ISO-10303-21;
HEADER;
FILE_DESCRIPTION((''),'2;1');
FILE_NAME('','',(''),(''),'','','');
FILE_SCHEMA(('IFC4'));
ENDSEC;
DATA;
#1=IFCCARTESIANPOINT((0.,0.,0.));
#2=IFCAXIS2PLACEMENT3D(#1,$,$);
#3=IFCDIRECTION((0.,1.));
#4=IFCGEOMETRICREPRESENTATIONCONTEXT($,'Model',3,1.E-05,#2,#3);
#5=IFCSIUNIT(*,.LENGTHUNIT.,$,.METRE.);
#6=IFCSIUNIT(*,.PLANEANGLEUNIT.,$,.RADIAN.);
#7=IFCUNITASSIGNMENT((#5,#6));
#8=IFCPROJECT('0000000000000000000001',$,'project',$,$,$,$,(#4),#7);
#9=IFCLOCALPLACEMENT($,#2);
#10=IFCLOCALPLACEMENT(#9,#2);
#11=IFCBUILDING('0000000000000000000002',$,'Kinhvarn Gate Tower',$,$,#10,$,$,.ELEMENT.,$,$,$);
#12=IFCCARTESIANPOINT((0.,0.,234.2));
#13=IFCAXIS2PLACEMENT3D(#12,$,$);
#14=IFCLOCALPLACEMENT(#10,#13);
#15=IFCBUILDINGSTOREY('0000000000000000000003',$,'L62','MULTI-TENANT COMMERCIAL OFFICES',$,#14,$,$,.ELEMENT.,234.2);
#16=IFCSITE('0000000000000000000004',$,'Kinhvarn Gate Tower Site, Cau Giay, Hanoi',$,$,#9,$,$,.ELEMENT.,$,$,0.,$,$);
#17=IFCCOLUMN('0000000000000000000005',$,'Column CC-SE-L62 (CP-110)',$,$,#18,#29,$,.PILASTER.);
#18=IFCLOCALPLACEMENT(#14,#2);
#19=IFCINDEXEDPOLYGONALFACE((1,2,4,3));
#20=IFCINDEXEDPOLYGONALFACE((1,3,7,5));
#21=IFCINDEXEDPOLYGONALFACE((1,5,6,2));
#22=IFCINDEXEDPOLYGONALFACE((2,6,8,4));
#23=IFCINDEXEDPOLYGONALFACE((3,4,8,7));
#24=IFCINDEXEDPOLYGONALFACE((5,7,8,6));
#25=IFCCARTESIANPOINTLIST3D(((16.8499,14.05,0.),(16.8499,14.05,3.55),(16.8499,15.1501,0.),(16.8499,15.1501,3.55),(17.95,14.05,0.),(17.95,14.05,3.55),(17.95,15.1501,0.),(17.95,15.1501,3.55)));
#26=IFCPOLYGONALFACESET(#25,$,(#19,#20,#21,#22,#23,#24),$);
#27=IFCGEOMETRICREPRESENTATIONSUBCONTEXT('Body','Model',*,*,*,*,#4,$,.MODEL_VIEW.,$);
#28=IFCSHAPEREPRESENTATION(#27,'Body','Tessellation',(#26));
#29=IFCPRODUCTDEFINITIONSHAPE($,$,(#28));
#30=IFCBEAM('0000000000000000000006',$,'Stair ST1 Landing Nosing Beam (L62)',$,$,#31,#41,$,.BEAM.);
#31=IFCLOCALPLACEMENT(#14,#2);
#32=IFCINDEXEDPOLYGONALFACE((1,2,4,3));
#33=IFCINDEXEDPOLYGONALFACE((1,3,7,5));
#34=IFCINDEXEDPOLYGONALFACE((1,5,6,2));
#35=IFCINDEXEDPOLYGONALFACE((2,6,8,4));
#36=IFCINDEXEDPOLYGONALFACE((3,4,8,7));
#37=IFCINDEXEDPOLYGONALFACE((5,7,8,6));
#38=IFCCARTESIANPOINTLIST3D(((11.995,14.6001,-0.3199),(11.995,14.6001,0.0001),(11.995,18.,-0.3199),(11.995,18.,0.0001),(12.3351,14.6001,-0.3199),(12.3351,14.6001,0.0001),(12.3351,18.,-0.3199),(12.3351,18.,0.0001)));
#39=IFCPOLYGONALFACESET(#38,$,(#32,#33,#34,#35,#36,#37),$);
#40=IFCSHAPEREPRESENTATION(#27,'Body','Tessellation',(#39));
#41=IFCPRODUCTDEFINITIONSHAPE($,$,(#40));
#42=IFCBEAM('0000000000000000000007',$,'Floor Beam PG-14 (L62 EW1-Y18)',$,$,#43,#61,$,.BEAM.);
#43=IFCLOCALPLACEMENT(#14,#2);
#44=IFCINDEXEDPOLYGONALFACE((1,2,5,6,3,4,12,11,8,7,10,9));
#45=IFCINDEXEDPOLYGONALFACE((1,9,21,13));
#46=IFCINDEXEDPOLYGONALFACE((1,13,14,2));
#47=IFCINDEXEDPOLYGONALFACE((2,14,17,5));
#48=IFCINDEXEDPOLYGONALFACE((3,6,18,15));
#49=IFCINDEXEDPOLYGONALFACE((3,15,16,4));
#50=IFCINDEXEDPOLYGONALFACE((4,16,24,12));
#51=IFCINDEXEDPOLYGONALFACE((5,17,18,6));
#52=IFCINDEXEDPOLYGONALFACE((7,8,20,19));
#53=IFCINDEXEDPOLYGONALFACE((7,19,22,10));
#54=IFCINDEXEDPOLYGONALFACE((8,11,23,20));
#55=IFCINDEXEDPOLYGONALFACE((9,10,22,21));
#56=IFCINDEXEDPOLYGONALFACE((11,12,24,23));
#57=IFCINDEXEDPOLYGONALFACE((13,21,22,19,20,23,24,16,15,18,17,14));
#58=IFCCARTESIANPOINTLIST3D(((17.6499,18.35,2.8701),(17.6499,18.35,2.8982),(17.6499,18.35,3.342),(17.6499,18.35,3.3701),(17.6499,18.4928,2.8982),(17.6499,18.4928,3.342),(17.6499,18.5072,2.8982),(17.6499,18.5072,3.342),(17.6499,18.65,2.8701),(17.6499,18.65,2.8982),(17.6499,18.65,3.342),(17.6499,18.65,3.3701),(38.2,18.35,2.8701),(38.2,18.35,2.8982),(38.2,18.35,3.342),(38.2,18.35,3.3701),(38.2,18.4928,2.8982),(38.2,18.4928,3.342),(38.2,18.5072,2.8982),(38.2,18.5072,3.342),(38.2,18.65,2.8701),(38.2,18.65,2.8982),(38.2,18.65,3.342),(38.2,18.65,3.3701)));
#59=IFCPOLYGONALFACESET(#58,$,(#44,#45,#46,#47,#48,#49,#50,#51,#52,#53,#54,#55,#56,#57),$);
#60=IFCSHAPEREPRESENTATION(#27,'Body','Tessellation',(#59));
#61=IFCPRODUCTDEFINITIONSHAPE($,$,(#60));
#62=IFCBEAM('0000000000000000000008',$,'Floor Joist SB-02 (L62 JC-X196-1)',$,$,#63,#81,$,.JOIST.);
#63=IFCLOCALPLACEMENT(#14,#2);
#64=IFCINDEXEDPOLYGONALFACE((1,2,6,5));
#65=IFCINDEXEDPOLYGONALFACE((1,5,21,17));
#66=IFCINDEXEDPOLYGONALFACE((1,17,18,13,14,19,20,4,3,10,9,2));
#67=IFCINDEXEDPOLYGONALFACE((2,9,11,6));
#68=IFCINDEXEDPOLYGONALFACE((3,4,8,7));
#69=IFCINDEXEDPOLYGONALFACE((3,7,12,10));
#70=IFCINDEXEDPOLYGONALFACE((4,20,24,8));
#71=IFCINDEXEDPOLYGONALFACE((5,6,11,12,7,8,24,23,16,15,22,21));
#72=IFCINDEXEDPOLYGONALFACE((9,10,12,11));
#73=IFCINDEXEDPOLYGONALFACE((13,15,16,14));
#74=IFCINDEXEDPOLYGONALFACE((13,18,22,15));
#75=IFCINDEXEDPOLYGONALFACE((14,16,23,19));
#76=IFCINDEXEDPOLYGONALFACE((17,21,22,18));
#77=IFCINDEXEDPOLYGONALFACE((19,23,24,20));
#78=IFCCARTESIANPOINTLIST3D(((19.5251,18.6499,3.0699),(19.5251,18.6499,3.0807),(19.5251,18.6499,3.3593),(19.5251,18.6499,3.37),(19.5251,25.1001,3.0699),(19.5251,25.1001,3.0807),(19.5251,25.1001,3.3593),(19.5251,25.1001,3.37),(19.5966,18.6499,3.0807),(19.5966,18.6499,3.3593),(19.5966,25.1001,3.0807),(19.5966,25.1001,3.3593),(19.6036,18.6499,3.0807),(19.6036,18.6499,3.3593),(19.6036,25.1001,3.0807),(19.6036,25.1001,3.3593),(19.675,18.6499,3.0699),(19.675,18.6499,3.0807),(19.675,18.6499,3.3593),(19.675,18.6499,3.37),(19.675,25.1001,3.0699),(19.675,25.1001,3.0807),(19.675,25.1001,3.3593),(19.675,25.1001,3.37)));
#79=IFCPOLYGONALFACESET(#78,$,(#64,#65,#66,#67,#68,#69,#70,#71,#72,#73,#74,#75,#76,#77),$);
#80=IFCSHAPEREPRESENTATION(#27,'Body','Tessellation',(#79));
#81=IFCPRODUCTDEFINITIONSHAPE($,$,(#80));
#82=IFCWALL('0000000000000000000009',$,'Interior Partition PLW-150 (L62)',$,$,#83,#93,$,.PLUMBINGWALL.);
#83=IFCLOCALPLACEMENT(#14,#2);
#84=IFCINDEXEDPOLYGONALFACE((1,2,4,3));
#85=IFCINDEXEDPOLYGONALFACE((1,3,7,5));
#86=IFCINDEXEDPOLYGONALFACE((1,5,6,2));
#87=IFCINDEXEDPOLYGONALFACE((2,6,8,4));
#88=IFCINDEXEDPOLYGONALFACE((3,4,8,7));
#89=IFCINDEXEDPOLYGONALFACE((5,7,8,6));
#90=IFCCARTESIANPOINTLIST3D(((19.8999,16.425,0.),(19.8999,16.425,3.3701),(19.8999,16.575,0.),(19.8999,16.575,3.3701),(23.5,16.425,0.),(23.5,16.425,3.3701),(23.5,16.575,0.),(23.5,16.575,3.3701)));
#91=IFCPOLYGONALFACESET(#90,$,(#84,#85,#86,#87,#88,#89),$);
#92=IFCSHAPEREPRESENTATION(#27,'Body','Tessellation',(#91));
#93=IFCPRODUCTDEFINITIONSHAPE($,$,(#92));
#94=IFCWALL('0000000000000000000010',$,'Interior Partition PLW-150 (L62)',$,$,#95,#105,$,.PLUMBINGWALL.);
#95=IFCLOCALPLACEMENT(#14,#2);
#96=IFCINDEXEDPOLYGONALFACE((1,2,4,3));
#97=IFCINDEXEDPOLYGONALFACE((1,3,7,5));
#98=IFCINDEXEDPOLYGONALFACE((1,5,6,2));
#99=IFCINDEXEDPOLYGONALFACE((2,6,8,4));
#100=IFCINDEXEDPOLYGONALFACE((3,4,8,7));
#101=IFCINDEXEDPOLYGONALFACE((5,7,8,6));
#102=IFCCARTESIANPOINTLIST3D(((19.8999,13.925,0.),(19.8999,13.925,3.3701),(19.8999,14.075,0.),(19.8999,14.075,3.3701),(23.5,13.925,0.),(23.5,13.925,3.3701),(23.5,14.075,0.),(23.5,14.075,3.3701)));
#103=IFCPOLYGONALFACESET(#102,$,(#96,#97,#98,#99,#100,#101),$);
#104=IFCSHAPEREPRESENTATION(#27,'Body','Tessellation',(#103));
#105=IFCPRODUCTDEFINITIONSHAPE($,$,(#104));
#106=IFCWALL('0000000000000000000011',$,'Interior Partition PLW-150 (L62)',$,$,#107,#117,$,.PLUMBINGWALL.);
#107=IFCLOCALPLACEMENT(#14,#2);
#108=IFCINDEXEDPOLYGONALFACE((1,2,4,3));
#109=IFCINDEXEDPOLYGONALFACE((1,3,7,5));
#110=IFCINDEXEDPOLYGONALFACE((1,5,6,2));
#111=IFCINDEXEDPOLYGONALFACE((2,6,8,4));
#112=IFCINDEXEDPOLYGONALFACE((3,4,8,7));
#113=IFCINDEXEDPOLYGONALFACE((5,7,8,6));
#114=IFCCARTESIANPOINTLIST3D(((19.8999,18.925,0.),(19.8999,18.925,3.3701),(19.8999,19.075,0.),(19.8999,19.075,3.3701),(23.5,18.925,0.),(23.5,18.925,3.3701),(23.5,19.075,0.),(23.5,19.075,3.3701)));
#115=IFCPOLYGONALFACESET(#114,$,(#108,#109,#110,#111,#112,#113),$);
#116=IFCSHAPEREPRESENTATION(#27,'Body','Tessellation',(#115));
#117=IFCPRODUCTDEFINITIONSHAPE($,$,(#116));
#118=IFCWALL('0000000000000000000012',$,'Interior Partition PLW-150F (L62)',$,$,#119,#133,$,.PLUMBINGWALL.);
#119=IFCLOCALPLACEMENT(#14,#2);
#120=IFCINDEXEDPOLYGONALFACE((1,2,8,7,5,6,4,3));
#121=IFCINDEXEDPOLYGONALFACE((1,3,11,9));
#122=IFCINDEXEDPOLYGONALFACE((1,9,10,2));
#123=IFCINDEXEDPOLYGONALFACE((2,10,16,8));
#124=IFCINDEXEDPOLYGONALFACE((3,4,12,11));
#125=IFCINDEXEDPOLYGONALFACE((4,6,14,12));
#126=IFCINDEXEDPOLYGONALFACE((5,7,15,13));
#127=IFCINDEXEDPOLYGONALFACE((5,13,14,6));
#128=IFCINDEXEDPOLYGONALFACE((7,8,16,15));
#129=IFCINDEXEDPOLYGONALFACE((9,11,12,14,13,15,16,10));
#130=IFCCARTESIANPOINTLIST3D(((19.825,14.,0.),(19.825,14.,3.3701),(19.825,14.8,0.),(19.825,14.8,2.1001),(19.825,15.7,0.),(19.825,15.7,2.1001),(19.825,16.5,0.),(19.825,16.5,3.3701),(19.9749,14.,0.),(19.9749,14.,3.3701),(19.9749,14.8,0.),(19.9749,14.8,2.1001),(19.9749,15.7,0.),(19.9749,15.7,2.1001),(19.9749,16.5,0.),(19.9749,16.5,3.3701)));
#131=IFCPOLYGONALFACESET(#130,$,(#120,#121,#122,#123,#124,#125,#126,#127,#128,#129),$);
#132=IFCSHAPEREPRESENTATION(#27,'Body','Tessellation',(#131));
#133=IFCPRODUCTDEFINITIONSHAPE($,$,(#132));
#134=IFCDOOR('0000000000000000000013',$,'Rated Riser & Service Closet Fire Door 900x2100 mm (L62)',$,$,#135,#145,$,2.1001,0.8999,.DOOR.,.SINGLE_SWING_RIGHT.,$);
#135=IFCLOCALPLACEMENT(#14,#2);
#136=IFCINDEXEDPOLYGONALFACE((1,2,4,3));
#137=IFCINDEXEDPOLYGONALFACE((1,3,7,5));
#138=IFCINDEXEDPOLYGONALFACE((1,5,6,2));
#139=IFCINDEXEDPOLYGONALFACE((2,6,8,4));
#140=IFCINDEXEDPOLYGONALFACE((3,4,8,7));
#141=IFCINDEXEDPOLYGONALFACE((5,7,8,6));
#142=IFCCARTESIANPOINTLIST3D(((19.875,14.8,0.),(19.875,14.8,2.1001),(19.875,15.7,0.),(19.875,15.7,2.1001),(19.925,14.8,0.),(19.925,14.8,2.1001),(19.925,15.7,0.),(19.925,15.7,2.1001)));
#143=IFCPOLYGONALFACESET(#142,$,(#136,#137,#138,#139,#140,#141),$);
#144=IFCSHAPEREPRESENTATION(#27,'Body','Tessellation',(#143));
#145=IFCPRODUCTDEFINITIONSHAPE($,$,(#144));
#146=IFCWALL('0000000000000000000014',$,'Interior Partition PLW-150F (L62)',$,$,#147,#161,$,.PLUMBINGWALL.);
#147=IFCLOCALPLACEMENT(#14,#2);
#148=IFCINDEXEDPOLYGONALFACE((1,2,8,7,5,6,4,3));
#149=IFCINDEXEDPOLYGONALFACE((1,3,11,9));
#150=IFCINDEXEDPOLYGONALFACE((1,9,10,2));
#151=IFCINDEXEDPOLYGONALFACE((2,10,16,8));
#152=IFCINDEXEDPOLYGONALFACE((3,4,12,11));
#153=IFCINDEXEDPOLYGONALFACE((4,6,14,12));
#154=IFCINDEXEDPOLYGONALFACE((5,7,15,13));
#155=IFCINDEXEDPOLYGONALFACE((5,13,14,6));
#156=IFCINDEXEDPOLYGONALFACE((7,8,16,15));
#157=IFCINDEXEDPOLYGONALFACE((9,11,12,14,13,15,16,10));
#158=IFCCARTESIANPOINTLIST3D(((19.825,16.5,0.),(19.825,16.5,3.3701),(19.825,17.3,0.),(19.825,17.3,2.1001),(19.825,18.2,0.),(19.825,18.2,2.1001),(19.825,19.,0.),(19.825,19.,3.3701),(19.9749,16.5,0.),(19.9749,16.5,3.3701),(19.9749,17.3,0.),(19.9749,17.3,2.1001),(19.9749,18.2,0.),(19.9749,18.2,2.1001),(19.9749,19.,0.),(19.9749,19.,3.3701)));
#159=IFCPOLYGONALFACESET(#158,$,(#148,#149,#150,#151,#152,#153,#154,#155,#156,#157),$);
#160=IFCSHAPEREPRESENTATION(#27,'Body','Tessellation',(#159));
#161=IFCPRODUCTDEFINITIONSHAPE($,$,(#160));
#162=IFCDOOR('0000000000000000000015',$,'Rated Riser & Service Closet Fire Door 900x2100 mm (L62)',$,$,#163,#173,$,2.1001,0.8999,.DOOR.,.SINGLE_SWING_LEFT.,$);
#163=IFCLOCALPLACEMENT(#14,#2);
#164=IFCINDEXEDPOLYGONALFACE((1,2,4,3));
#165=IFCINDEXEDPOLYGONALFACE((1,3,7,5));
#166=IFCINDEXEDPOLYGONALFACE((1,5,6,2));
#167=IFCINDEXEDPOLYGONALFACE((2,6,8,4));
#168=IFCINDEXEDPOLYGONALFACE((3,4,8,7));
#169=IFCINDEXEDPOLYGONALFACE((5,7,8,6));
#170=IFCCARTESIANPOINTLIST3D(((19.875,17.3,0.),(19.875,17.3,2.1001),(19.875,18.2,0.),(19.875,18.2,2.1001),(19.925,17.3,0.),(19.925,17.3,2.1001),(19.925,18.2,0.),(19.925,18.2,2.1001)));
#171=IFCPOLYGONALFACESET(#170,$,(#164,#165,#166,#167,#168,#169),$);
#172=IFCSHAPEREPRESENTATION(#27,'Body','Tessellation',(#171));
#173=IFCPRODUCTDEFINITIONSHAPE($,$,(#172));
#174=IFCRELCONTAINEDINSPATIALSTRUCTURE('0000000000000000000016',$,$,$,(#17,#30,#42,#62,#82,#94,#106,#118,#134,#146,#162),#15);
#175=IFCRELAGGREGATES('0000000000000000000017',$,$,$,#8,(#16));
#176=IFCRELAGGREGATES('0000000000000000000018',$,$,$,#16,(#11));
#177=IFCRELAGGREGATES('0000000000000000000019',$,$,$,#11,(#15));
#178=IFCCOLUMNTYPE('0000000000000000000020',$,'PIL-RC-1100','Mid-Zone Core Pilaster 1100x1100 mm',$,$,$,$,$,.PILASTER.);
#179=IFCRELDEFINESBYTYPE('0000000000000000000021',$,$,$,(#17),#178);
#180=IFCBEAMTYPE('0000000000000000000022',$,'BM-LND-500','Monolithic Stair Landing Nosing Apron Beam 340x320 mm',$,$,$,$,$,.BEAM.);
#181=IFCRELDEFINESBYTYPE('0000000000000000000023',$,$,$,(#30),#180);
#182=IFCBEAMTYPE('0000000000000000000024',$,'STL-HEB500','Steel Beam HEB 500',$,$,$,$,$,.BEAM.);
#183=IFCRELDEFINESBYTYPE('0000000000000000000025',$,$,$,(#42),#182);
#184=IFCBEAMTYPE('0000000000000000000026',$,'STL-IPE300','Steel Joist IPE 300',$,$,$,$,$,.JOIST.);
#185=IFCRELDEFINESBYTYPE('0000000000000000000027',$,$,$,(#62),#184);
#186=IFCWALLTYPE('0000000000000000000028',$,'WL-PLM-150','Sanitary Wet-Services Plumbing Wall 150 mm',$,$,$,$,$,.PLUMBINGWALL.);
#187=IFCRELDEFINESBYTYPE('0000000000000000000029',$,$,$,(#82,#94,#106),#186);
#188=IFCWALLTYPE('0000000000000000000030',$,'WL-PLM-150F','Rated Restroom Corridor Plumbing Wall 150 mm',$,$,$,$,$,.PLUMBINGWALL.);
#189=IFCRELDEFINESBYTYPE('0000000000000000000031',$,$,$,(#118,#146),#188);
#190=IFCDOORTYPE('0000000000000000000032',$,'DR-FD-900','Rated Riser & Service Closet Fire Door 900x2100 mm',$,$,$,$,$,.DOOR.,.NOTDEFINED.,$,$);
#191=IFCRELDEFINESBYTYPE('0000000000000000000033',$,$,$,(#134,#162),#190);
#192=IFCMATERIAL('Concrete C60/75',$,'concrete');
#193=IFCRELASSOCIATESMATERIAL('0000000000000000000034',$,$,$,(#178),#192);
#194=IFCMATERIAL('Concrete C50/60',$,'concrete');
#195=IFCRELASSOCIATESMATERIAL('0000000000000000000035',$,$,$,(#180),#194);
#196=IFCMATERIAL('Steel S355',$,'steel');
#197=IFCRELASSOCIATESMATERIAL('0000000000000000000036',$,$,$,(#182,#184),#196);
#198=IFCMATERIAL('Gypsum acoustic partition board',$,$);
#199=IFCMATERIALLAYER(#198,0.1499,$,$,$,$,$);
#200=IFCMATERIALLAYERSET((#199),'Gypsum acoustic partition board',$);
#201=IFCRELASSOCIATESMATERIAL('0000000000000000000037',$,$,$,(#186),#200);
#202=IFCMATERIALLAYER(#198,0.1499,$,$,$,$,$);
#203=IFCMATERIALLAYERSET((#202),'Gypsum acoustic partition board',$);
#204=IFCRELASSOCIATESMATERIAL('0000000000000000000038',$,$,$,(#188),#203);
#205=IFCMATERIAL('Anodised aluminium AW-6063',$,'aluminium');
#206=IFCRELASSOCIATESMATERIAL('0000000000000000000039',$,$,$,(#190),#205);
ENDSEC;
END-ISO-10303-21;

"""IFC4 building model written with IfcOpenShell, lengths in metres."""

from ifc_helpers import new_model, si_unit, direction, frame, frame_2d, origin, origin_2d, place, context, subcontext, project, spatial, rectangle, i_section, extrude, material, layer, layer_set, material_profile, profile_set, type_object, element, fill, save


model = new_model("IFC4")

# Units and contexts
model_context = context("Model", 3, precision=1e-05, world=origin(), true_north=direction((0.0, 1.0)))
body_context = subcontext(model_context, "Body", "Model", "MODEL_VIEW")
ifc_project = project(units=[si_unit("LENGTHUNIT", "METRE"), si_unit("PLANEANGLEUNIT", "RADIAN")], contexts=[model_context])

# Site, building, storey
site_placement = place(None, origin())
site = spatial("IfcSite", under=ifc_project, at=site_placement, Name="Kinhvarn Gate Tower Site, Cau Giay, Hanoi", CompositionType="ELEMENT", RefElevation=0.0)
building_placement = place(site_placement, origin())
building = spatial("IfcBuilding", under=site, at=building_placement, Name="Kinhvarn Gate Tower", CompositionType="ELEMENT")
storey_placement = place(building_placement, frame((0.0, 0.0, 234.2)))
storey = spatial("IfcBuildingStorey", under=building, at=storey_placement, Name="L62", Description="MULTI-TENANT COMMERCIAL OFFICES", CompositionType="ELEMENT", Elevation=234.2)

# Column
ifc_material_1 = material(Name="Concrete C60/75", Category="concrete")
ifc_material_profile_1 = material_profile(ifc_material_1, rectangle(XDim=1.1001, YDim=1.1001, at=origin_2d()), Name="RC 1100x1100")
ifc_profile_set_1 = profile_set([ifc_material_profile_1], Name="Concrete C60/75")
column_type = type_object("IfcColumnType", Name="PIL-RC-1100", Description="Mid-Zone Core Pilaster 1100x1100 mm", PredefinedType="PILASTER", material=ifc_profile_set_1)
column_placement = place(storey_placement, frame((17.3999, 14.6001, 0.0), z_axis=(0.0, 0.0, 1.0), x_axis=(1.0, 0.0, 0.0)))
element("IfcColumn", 1, at=column_placement, inside=storey, type_object=column_type, Name="Column CC-SE-L62 (CP-110)", PredefinedType="PILASTER", context=body_context, shape_type="SweptSolid", body=[
    extrude(rectangle(XDim=1.1001, YDim=1.1001, at=origin_2d()), origin(), (0.0, 0.0, 1.0), 3.55),
])

# Beams
ifc_material_2 = material(Name="Concrete C50/60", Category="concrete")
ifc_material_profile_2 = material_profile(ifc_material_2, rectangle(XDim=0.3401, YDim=0.3201, at=origin_2d()), Name="RC 340x320")
ifc_profile_set_2 = profile_set([ifc_material_profile_2], Name="Concrete C50/60")
beam_type_1 = type_object("IfcBeamType", Name="BM-LND-500", Description="Monolithic Stair Landing Nosing Apron Beam 340x320 mm", PredefinedType="BEAM", material=ifc_profile_set_2)
beam_1_placement = place(storey_placement, frame((12.165, 14.6001, -0.1599), z_axis=(0.0, 1.0, 0.0), x_axis=(-1.0, 0.0, 0.0)))
element("IfcBeam", 2, at=beam_1_placement, inside=storey, type_object=beam_type_1, Name="Stair ST1 Landing Nosing Beam (L62)", PredefinedType="BEAM", context=body_context, shape_type="SweptSolid", body=[
    extrude(rectangle(XDim=0.3401, YDim=0.3201, at=origin_2d()), origin(), (0.0, 0.0, 1.0), 3.3999),
])
ifc_material_3 = material(Name="Steel S355", Category="steel")
ifc_material_profile_3 = material_profile(ifc_material_3, i_section(OverallWidth=0.3, OverallDepth=0.5, WebThickness=0.0144, FlangeThickness=0.0281, at=origin_2d()), Name="HEB 500")
ifc_profile_set_3 = profile_set([ifc_material_profile_3], Name="Steel S355")
beam_type_2 = type_object("IfcBeamType", Name="STL-HEB500", Description="Steel Beam HEB 500", PredefinedType="BEAM", material=ifc_profile_set_3)
beam_2_placement = place(storey_placement, frame((17.6499, 18.5, 3.1201), z_axis=(1.0, 0.0, 0.0), x_axis=(0.0, 1.0, 0.0)))
element("IfcBeam", 3, at=beam_2_placement, inside=storey, type_object=beam_type_2, Name="Floor Beam PG-14 (L62 EW1-Y18)", PredefinedType="BEAM", context=body_context, shape_type="SweptSolid", body=[
    extrude(i_section(OverallWidth=0.3, OverallDepth=0.5, WebThickness=0.0144, FlangeThickness=0.0281, at=origin_2d()), origin(), (0.0, 0.0, 1.0), 20.55),
])
ifc_material_profile_4 = material_profile(ifc_material_3, i_section(OverallWidth=0.1499, OverallDepth=0.3, WebThickness=0.0071, FlangeThickness=0.0107, at=origin_2d()), Name="IPE 300")
ifc_profile_set_4 = profile_set([ifc_material_profile_4], Name="Steel S355")
beam_type_3 = type_object("IfcBeamType", Name="STL-IPE300", Description="Steel Joist IPE 300", PredefinedType="JOIST", material=ifc_profile_set_4)
beam_3_placement = place(storey_placement, frame((19.6001, 18.6499, 3.22), z_axis=(0.0, 1.0, 0.0), x_axis=(-1.0, 0.0, 0.0)))
element("IfcBeam", 4, at=beam_3_placement, inside=storey, type_object=beam_type_3, Name="Floor Joist SB-02 (L62 JC-X196-1)", PredefinedType="JOIST", context=body_context, shape_type="SweptSolid", body=[
    extrude(i_section(OverallWidth=0.1499, OverallDepth=0.3, WebThickness=0.0071, FlangeThickness=0.0107, at=origin_2d()), origin(), (0.0, 0.0, 1.0), 6.4502),
])

# Shared definitions
ifc_material_4 = material(Name="Anodised aluminium AW-6063", Category="aluminium")

# Walls
ifc_material_5 = material(Name="Gypsum acoustic partition board")
ifc_layer_1 = layer(ifc_material_5, 0.1499)
ifc_layer_set_1 = layer_set([ifc_layer_1], Name="Gypsum acoustic partition board")
wall_type_1 = type_object("IfcWallType", Name="WL-PLM-150", Description="Sanitary Wet-Services Plumbing Wall 150 mm", PredefinedType="PLUMBINGWALL", material=ifc_layer_set_1)
for number, where, z_axis, x_axis, name in (
    (5, (19.8999, 16.5, 0.0), (0.0, 0.0, 1.0), (1.0, 0.0, 0.0), "Interior Partition PLW-150 (L62)"),
    (6, (19.8999, 14.0, 0.0), (0.0, 0.0, 1.0), (1.0, 0.0, 0.0), "Interior Partition PLW-150 (L62)"),
    (7, (19.8999, 19.0, 0.0), (0.0, 0.0, 1.0), (1.0, 0.0, 0.0), "Interior Partition PLW-150 (L62)"),
):
    element("IfcWall", number, at=place(storey_placement, frame(where, z_axis=z_axis, x_axis=x_axis)), inside=storey, type_object=wall_type_1, Name=name, PredefinedType="PLUMBINGWALL", context=body_context, shape_type="SweptSolid", body=[
        extrude(rectangle(XDim=3.6001, YDim=0.1499, at=frame_2d((1.8, 0.0))), origin(), (0.0, 0.0, 1.0), 3.3701),
    ])

# Walls, openings, doors
ifc_layer_2 = layer(ifc_material_5, 0.1499)
ifc_layer_set_2 = layer_set([ifc_layer_2], Name="Gypsum acoustic partition board")
wall_type_2 = type_object("IfcWallType", Name="WL-PLM-150F", Description="Rated Restroom Corridor Plumbing Wall 150 mm", PredefinedType="PLUMBINGWALL", material=ifc_layer_set_2)
wall_1_placement = place(storey_placement, frame((19.8999, 14.0, 0.0), z_axis=(0.0, 0.0, 1.0), x_axis=(0.0, 1.0, 0.0)))
wall_1 = element("IfcWall", 8, at=wall_1_placement, inside=storey, type_object=wall_type_2, Name="Interior Partition PLW-150F (L62)", PredefinedType="PLUMBINGWALL", context=body_context, shape_type="SweptSolid", body=[
    extrude(rectangle(XDim=2.5, YDim=0.1499, at=frame_2d((1.25, 0.0))), origin(), (0.0, 0.0, 1.0), 3.3701),
])
opening_1_placement = place(wall_1_placement, frame((0.8, 0.0, 0.0)))
opening_1 = element("IfcOpeningElement", 9, at=opening_1_placement, cuts=wall_1, PredefinedType="OPENING", context=body_context, shape_type="SweptSolid", body=[
    extrude(rectangle(XDim=0.8999, YDim=2.1001, at=frame_2d((0.45, 1.05))), frame((0.0, 0.085, 0.0), z_axis=(0.0, -1.0, 0.0), x_axis=(1.0, 0.0, 0.0)), (0.0, 0.0, 1.0), 0.1699),
])
door_type_1 = type_object("IfcDoorType", Name="DR-FD-900", Description="Rated Riser & Service Closet Fire Door 900x2100 mm", OperationType="NOTDEFINED", PredefinedType="DOOR", material=ifc_material_4)
door_1_placement = place(opening_1_placement, origin())
door_1 = element("IfcDoor", 10, at=door_1_placement, inside=storey, type_object=door_type_1, Name="Rated Riser & Service Closet Fire Door 900x2100 mm (L62)", OperationType="SINGLE_SWING_RIGHT", OverallHeight=2.1001, OverallWidth=0.8999, PredefinedType="DOOR", context=body_context, shape_type="SweptSolid", body=[
    extrude(rectangle(XDim=0.8999, YDim=2.1001, at=frame_2d((0.45, 1.05))), frame((0.0, 0.0249, 0.0), z_axis=(0.0, -1.0, 0.0), x_axis=(1.0, 0.0, 0.0)), (0.0, 0.0, 1.0), 0.05),
])
fill(opening_1, door_1)
wall_2_placement = place(storey_placement, frame((19.8999, 16.5, 0.0), z_axis=(0.0, 0.0, 1.0), x_axis=(0.0, 1.0, 0.0)))
wall_2 = element("IfcWall", 11, at=wall_2_placement, inside=storey, type_object=wall_type_2, Name="Interior Partition PLW-150F (L62)", PredefinedType="PLUMBINGWALL", context=body_context, shape_type="SweptSolid", body=[
    extrude(rectangle(XDim=2.5, YDim=0.1499, at=frame_2d((1.25, 0.0))), origin(), (0.0, 0.0, 1.0), 3.3701),
])
opening_2_placement = place(wall_2_placement, frame((0.8, 0.0, 0.0)))
opening_2 = element("IfcOpeningElement", 12, at=opening_2_placement, cuts=wall_2, PredefinedType="OPENING", context=body_context, shape_type="SweptSolid", body=[
    extrude(rectangle(XDim=0.8999, YDim=2.1001, at=frame_2d((0.45, 1.05))), frame((0.0, 0.085, 0.0), z_axis=(0.0, -1.0, 0.0), x_axis=(1.0, 0.0, 0.0)), (0.0, 0.0, 1.0), 0.1699),
])
door_2_placement = place(opening_2_placement, origin())
door_2 = element("IfcDoor", 13, at=door_2_placement, inside=storey, type_object=door_type_1, Name="Rated Riser & Service Closet Fire Door 900x2100 mm (L62)", OperationType="SINGLE_SWING_LEFT", OverallHeight=2.1001, OverallWidth=0.8999, PredefinedType="DOOR", context=body_context, shape_type="SweptSolid", body=[
    extrude(rectangle(XDim=0.8999, YDim=2.1001, at=frame_2d((0.45, 1.05))), frame((0.0, 0.0249, 0.0), z_axis=(0.0, -1.0, 0.0), x_axis=(1.0, 0.0, 0.0)), (0.0, 0.0, 1.0), 0.05),
])
fill(opening_2, door_2)

save(model, "model.ifc")
